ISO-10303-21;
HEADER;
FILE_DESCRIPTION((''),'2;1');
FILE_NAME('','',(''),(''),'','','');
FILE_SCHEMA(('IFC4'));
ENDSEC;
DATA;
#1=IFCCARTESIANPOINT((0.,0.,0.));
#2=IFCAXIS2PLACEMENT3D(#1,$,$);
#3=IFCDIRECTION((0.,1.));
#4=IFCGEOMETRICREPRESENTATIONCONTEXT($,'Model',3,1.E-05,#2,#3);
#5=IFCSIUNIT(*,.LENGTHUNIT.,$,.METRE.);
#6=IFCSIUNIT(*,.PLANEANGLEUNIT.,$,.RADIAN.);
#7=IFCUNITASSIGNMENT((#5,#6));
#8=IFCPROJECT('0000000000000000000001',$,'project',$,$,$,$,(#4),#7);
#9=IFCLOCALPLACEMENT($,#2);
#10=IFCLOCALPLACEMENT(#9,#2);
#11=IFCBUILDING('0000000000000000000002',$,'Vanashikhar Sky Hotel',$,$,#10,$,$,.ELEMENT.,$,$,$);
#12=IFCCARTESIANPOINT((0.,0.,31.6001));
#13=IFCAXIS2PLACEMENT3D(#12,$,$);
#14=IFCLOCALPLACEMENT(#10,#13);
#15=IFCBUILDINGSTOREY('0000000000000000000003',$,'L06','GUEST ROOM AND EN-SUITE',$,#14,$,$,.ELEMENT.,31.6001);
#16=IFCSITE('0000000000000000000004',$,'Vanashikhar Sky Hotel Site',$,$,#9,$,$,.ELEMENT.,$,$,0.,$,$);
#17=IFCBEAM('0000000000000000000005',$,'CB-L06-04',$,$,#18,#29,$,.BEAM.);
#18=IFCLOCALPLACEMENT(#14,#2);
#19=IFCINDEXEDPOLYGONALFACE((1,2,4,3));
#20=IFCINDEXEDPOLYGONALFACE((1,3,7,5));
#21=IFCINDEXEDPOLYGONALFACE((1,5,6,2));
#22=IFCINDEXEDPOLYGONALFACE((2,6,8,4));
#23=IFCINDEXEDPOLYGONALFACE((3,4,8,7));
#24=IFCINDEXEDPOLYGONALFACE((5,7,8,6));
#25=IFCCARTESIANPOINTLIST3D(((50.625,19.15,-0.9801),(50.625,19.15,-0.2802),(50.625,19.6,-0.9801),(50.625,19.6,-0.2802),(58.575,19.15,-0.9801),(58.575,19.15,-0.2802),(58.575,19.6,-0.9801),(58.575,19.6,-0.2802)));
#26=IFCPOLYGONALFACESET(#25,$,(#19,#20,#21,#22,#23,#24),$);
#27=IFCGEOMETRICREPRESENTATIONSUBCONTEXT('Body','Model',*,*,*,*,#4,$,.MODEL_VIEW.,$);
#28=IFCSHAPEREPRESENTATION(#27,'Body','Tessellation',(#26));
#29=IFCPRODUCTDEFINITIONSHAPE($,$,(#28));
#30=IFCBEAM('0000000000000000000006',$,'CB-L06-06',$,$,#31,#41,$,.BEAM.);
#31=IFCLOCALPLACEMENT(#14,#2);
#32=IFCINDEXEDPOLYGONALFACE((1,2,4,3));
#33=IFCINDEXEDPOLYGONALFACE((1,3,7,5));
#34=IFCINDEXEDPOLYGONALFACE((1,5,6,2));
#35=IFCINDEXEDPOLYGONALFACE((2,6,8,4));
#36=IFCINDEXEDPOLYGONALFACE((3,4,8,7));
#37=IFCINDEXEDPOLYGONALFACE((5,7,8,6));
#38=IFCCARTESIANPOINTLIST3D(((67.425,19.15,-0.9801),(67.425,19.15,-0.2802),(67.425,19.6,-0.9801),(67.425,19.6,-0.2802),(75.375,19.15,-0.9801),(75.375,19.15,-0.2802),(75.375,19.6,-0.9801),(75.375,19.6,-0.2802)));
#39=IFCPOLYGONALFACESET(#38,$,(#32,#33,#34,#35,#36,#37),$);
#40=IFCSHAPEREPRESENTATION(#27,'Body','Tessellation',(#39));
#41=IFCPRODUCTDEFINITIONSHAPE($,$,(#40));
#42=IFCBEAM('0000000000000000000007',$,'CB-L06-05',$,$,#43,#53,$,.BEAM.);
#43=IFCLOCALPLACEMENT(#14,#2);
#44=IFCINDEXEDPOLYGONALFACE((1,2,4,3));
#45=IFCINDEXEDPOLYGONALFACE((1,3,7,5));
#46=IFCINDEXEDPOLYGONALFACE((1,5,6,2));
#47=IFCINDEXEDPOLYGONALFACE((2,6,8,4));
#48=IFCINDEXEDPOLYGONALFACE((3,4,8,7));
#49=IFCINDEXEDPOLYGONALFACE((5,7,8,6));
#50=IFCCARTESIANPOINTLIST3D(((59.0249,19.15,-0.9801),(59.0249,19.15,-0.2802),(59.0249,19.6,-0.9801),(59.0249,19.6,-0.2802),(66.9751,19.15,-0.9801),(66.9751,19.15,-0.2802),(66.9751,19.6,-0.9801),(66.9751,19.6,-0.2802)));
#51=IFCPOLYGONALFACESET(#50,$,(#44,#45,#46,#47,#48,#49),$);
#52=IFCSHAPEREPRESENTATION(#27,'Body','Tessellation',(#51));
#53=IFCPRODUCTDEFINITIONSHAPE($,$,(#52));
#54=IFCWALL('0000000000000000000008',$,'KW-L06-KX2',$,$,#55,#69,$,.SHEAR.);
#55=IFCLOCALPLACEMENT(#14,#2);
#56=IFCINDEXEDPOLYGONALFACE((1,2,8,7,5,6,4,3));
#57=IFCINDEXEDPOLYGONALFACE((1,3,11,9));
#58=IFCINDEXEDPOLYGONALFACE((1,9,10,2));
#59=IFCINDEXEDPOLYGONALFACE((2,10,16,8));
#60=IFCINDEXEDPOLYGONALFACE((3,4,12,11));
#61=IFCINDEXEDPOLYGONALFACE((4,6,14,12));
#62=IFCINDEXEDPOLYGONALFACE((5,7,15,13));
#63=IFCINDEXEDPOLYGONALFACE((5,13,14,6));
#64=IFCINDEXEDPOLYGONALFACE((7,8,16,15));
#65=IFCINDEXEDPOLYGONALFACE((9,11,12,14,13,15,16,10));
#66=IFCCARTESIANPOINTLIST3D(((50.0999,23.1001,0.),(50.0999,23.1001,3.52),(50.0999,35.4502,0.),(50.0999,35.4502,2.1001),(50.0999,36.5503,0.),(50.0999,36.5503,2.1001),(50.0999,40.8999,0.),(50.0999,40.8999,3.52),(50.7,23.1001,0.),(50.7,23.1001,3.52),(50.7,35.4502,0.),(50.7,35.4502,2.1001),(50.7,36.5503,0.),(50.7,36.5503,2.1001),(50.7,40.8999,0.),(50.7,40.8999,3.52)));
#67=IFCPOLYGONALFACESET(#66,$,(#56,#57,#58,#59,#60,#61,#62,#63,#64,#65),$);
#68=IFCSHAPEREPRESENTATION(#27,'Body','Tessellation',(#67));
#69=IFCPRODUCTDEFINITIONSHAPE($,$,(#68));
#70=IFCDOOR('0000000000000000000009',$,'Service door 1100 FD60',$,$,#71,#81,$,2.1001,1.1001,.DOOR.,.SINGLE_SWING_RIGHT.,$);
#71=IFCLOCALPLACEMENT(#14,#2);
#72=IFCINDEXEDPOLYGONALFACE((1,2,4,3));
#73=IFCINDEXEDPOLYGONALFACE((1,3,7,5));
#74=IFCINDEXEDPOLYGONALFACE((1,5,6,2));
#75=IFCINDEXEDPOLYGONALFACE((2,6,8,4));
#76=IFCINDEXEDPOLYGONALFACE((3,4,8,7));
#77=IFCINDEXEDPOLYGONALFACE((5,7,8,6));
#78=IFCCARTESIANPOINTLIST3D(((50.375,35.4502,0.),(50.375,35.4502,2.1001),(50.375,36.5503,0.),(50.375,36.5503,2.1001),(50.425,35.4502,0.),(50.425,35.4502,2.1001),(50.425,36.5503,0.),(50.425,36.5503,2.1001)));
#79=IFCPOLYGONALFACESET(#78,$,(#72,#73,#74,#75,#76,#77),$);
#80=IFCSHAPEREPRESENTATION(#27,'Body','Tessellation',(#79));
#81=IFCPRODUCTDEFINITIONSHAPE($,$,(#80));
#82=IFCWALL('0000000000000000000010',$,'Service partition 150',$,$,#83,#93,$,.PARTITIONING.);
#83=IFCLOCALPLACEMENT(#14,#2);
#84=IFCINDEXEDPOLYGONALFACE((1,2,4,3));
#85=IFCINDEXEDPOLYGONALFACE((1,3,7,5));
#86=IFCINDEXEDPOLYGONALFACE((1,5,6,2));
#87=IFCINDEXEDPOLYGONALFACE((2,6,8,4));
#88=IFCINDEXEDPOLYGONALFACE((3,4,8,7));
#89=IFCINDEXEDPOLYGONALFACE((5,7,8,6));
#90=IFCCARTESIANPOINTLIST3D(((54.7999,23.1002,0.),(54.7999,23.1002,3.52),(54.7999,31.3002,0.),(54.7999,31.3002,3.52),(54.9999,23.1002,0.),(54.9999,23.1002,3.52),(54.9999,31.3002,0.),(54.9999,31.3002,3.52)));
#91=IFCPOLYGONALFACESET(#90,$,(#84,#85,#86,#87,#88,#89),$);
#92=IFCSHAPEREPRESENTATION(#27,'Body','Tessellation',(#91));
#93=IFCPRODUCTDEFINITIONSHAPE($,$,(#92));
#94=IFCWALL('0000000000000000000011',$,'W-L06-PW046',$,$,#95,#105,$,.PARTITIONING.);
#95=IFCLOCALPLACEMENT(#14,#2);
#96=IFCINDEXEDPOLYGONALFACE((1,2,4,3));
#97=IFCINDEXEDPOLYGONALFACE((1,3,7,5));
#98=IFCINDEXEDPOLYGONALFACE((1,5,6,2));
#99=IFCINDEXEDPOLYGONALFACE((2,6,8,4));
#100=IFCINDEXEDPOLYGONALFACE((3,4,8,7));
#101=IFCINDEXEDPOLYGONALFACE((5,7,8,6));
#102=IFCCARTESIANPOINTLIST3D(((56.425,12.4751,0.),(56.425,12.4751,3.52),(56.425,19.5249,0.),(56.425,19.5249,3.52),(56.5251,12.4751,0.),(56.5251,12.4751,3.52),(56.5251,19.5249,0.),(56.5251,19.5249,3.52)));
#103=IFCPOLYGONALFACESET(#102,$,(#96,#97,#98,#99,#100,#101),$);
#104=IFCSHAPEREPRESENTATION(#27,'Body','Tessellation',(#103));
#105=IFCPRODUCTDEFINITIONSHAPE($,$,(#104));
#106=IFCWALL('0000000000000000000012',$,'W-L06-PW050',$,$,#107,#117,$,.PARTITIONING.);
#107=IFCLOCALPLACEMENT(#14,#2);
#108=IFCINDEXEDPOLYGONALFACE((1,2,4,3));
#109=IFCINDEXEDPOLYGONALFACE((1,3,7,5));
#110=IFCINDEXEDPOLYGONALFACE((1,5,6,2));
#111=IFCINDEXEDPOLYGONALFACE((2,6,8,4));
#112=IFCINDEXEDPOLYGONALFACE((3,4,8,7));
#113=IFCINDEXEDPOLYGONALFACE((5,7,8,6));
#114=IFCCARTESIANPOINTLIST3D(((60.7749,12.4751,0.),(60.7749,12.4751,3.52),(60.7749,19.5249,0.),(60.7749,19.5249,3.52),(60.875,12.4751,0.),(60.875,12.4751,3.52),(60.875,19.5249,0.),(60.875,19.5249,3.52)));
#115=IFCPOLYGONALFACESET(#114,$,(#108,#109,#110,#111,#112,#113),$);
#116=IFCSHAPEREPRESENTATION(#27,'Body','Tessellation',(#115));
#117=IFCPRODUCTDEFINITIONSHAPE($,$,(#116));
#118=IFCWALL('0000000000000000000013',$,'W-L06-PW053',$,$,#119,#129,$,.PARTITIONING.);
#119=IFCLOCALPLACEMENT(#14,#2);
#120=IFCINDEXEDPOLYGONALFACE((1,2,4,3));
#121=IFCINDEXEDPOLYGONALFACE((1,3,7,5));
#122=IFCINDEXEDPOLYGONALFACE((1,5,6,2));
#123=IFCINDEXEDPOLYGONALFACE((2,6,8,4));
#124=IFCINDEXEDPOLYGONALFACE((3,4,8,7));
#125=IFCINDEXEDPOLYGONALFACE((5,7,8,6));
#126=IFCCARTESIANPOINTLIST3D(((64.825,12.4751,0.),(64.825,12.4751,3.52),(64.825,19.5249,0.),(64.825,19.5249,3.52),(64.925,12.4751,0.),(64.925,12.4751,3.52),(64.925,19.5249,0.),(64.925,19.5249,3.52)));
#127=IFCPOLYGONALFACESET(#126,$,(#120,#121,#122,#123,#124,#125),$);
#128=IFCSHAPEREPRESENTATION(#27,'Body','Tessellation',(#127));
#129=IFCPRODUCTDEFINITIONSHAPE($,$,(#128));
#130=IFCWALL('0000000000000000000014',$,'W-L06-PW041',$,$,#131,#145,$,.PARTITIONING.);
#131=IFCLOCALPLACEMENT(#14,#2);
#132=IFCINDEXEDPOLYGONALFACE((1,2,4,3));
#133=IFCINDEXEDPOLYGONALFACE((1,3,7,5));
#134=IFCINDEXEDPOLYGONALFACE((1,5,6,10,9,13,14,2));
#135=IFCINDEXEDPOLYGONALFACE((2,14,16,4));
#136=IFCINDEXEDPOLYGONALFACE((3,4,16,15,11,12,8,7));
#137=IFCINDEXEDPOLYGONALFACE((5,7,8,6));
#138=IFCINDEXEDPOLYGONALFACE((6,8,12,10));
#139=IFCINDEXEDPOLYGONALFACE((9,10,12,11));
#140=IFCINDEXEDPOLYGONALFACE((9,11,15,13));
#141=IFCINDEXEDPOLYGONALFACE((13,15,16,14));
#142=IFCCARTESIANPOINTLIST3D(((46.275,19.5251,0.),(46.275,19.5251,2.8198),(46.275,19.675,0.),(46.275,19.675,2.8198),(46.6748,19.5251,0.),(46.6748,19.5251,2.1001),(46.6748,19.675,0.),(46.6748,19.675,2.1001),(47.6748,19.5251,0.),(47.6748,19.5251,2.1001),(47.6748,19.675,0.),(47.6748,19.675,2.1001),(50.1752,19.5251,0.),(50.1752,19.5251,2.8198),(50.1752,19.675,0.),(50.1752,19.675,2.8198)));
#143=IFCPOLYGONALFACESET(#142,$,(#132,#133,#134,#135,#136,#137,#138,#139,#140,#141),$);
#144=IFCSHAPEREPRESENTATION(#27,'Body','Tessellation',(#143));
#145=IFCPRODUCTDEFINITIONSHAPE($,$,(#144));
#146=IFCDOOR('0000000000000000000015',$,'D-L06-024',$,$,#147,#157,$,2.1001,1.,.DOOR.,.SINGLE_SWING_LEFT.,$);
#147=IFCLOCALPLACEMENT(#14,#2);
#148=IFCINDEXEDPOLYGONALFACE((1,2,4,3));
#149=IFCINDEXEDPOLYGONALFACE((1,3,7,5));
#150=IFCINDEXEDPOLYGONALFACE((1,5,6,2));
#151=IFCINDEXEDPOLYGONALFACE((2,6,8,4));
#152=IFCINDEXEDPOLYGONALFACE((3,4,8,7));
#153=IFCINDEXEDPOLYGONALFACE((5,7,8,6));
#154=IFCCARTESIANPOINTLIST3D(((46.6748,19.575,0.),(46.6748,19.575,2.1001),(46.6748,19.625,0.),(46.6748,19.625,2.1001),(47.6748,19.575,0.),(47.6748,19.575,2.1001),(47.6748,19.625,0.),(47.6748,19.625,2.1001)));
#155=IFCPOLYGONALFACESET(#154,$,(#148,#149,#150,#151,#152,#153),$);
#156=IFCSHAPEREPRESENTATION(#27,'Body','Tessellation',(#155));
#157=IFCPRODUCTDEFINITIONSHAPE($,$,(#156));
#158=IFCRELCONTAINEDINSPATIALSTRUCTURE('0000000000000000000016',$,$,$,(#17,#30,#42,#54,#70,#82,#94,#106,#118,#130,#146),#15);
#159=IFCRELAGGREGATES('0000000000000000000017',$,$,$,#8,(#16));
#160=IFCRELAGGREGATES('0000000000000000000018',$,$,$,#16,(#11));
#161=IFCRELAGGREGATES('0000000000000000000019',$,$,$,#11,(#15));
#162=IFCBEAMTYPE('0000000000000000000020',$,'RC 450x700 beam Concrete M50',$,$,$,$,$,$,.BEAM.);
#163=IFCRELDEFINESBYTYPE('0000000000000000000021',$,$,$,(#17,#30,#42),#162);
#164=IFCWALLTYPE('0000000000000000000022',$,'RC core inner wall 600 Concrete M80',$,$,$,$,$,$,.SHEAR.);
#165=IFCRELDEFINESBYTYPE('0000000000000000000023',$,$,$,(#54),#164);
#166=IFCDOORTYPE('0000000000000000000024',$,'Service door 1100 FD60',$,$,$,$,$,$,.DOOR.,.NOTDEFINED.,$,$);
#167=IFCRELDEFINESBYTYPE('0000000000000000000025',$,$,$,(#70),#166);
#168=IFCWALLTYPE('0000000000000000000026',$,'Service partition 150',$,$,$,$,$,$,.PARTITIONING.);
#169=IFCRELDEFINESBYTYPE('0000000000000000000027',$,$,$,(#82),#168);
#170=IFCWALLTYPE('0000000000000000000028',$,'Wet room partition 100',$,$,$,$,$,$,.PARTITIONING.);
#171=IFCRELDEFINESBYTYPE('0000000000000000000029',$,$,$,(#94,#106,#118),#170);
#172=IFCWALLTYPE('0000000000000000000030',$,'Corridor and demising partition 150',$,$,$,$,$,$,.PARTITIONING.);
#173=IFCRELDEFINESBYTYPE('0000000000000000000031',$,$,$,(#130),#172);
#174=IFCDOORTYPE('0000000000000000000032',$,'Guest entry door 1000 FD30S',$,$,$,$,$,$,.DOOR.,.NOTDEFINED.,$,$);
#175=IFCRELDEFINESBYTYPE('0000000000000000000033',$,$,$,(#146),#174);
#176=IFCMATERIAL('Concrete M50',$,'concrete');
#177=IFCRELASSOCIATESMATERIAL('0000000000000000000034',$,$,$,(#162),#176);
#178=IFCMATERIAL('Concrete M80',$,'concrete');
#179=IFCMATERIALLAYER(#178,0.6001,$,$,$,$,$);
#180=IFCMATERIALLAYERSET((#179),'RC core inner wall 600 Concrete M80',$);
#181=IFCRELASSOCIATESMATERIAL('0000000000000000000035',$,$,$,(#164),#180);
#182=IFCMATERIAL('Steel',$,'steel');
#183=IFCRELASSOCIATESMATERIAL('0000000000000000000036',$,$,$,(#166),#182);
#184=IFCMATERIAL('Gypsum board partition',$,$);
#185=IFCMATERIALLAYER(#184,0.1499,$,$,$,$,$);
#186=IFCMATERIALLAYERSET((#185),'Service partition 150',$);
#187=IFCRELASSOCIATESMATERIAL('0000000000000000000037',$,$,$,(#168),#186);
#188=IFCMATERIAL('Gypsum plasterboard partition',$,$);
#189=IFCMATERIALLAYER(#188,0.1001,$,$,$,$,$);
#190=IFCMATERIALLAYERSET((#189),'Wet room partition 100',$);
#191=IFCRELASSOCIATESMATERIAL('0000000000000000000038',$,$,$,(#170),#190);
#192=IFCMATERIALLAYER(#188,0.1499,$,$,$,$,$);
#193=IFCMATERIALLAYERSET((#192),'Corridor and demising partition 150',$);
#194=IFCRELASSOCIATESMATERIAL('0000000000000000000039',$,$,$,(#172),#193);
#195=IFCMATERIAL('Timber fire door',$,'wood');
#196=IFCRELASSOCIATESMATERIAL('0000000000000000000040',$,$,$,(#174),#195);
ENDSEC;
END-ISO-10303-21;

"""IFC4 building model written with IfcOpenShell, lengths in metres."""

from ifc_helpers import new_model, si_unit, direction, frame, frame_2d, origin, origin_2d, place, context, subcontext, project, spatial, rectangle, extrude, source, transform, mapped, material, layer, layer_set, material_profile, profile_set, type_object, element, fill, save


model = new_model("IFC4")

# Units and contexts
model_context = context("Model", 3, precision=1e-05, world=origin(), true_north=direction((0.0, 1.0)))
body_context = subcontext(model_context, "Body", "Model", "MODEL_VIEW")
ifc_project = project(units=[si_unit("LENGTHUNIT", "METRE"), si_unit("PLANEANGLEUNIT", "RADIAN")], contexts=[model_context])

# Site, building, storey
site_placement = place(None, origin())
site = spatial("IfcSite", under=ifc_project, at=site_placement, Name="Vanashikhar Sky Hotel Site", CompositionType="ELEMENT", RefElevation=0.0)
building_placement = place(site_placement, origin())
building = spatial("IfcBuilding", under=site, at=building_placement, Name="Vanashikhar Sky Hotel", CompositionType="ELEMENT")
storey_placement = place(building_placement, frame((0.0, 0.0, 31.6001)))
storey = spatial("IfcBuildingStorey", under=building, at=storey_placement, Name="L06", Description="GUEST ROOM AND EN-SUITE", CompositionType="ELEMENT", Elevation=31.6001)

# Beams
ifc_material_1 = material(Name="Concrete M50", Category="concrete")
ifc_material_profile = material_profile(ifc_material_1, rectangle(XDim=0.45, YDim=0.7, at=origin_2d()))
ifc_profile_set = profile_set([ifc_material_profile], Name="RC 450x700 beam Concrete M50")
beam_type = type_object("IfcBeamType", Name="RC 450x700 beam Concrete M50", PredefinedType="BEAM", material=ifc_profile_set)
shared_shape_1 = source(origin(), body_context, "Body", "SweptSolid", [
    extrude(rectangle(XDim=0.45, YDim=0.7, at=origin_2d()), origin(), (0.0, 0.0, 1.0), 7.95),
])
for number, where, z_axis, x_axis, name in (
    (1, (50.625, 19.375, -0.6301), (1.0, 0.0, 0.0), (0.0, 1.0, 0.0), "CB-L06-04"),
    (2, (67.425, 19.375, -0.6301), (1.0, 0.0, 0.0), (0.0, 1.0, 0.0), "CB-L06-06"),
):
    element("IfcBeam", number, at=place(storey_placement, frame(where, z_axis=z_axis, x_axis=x_axis)), inside=storey, type_object=beam_type, Name=name, PredefinedType="BEAM", context=body_context, shape_type="MappedRepresentation", body=[
        mapped(shared_shape_1, transform((0.0, 0.0, 0.0), scale=1.0)),
    ])
shared_shape_2 = source(origin(), body_context, "Body", "SweptSolid", [
    extrude(rectangle(XDim=0.45, YDim=0.7, at=origin_2d()), origin(), (0.0, 0.0, 1.0), 7.9502),
])
beam_placement = place(storey_placement, frame((59.0249, 19.375, -0.6301), z_axis=(1.0, 0.0, 0.0), x_axis=(0.0, 1.0, 0.0)))
element("IfcBeam", 3, at=beam_placement, inside=storey, type_object=beam_type, Name="CB-L06-05", PredefinedType="BEAM", context=body_context, shape_type="MappedRepresentation", body=[
    mapped(shared_shape_2, transform((0.0, 0.0, 0.0), scale=1.0)),
])

# Wall, opening, door
ifc_material_2 = material(Name="Concrete M80", Category="concrete")
ifc_layer_1 = layer(ifc_material_2, 0.6001)
ifc_layer_set_1 = layer_set([ifc_layer_1], Name="RC core inner wall 600 Concrete M80")
wall_type_1 = type_object("IfcWallType", Name="RC core inner wall 600 Concrete M80", PredefinedType="SHEAR", material=ifc_layer_set_1)
shared_shape_3 = source(origin(), body_context, "Body", "SweptSolid", [
    extrude(rectangle(XDim=17.7998, YDim=0.6001, at=frame_2d((8.8999, 0.0))), origin(), (0.0, 0.0, 1.0), 3.52),
])
wall_1_placement = place(storey_placement, frame((50.3999, 23.1001, 0.0), z_axis=(0.0, 0.0, 1.0), x_axis=(0.0, 1.0, 0.0)))
wall_1 = element("IfcWall", 4, at=wall_1_placement, inside=storey, type_object=wall_type_1, Name="KW-L06-KX2", PredefinedType="SHEAR", context=body_context, shape_type="MappedRepresentation", body=[
    mapped(shared_shape_3, transform((0.0, 0.0, 0.0), scale=1.0)),
])
shared_shape_4 = source(origin(), body_context, "Body", "SweptSolid", [
    extrude(rectangle(XDim=1.1001, YDim=2.1001, at=frame_2d((0.55, 1.05))), frame((0.0, 0.3101, 0.0), z_axis=(0.0, -1.0, 0.0), x_axis=(1.0, 0.0, 0.0)), (0.0, 0.0, 1.0), 0.6201),
])
opening_1_placement = place(wall_1_placement, frame((12.3501, 0.0, 0.0)))
opening_1 = element("IfcOpeningElement", 5, at=opening_1_placement, cuts=wall_1, PredefinedType="OPENING", context=body_context, shape_type="MappedRepresentation", body=[
    mapped(shared_shape_4, transform((0.0, 0.0, 0.0), scale=1.0)),
])
ifc_material_3 = material(Name="Steel", Category="steel")
door_type_1 = type_object("IfcDoorType", Name="Service door 1100 FD60", OperationType="NOTDEFINED", PredefinedType="DOOR", material=ifc_material_3)
shared_shape_5 = source(origin(), body_context, "Body", "SweptSolid", [
    extrude(rectangle(XDim=1.1001, YDim=2.1001, at=frame_2d((0.55, 1.05))), frame((0.0, 0.0249, 0.0), z_axis=(0.0, -1.0, 0.0), x_axis=(1.0, 0.0, 0.0)), (0.0, 0.0, 1.0), 0.05),
])
door_1_placement = place(opening_1_placement, origin())
door_1 = element("IfcDoor", 6, at=door_1_placement, inside=storey, type_object=door_type_1, Name="Service door 1100 FD60", OperationType="SINGLE_SWING_RIGHT", OverallHeight=2.1001, OverallWidth=1.1001, PredefinedType="DOOR", context=body_context, shape_type="MappedRepresentation", body=[
    mapped(shared_shape_5, transform((0.0, 0.0, 0.0), scale=1.0)),
])
fill(opening_1, door_1)

# Walls
ifc_material_4 = material(Name="Gypsum board partition")
ifc_layer_2 = layer(ifc_material_4, 0.1499)
ifc_layer_set_2 = layer_set([ifc_layer_2], Name="Service partition 150")
wall_type_2 = type_object("IfcWallType", Name="Service partition 150", PredefinedType="PARTITIONING", material=ifc_layer_set_2)
shared_shape_6 = source(origin(), body_context, "Body", "SweptSolid", [
    extrude(rectangle(XDim=8.2, YDim=0.2, at=frame_2d((4.1001, 0.0))), origin(), (0.0, 0.0, 1.0), 3.52),
])
wall_2_placement = place(storey_placement, frame((54.8999, 23.1001, 0.0), z_axis=(0.0, 0.0, 1.0), x_axis=(0.0, 1.0, 0.0)))
element("IfcWall", 7, at=wall_2_placement, inside=storey, type_object=wall_type_2, Name="Service partition 150", PredefinedType="PARTITIONING", context=body_context, shape_type="MappedRepresentation", body=[
    mapped(shared_shape_6, transform((0.0, 0.0, 0.0), scale=1.0)),
])
ifc_material_5 = material(Name="Gypsum plasterboard partition")
ifc_layer_3 = layer(ifc_material_5, 0.1001)
ifc_layer_set_3 = layer_set([ifc_layer_3], Name="Wet room partition 100")
wall_type_3 = type_object("IfcWallType", Name="Wet room partition 100", PredefinedType="PARTITIONING", material=ifc_layer_set_3)
shared_shape_7 = source(origin(), body_context, "Body", "SweptSolid", [
    extrude(rectangle(XDim=7.0498, YDim=0.1001, at=frame_2d((3.5249, 0.0))), origin(), (0.0, 0.0, 1.0), 3.52),
])
for number, where, z_axis, x_axis, name in (
    (8, (56.4751, 12.4751, 0.0), (0.0, 0.0, 1.0), (0.0, 1.0, 0.0), "W-L06-PW046"),
    (9, (60.825, 12.4751, 0.0), (0.0, 0.0, 1.0), (0.0, 1.0, 0.0), "W-L06-PW050"),
    (10, (64.875, 12.4751, 0.0), (0.0, 0.0, 1.0), (0.0, 1.0, 0.0), "W-L06-PW053"),
):
    element("IfcWall", number, at=place(storey_placement, frame(where, z_axis=z_axis, x_axis=x_axis)), inside=storey, type_object=wall_type_3, Name=name, PredefinedType="PARTITIONING", context=body_context, shape_type="MappedRepresentation", body=[
        mapped(shared_shape_7, transform((0.0, 0.0, 0.0), scale=1.0)),
    ])

# Wall, opening, door
ifc_layer_4 = layer(ifc_material_5, 0.1499)
ifc_layer_set_4 = layer_set([ifc_layer_4], Name="Corridor and demising partition 150")
wall_type_4 = type_object("IfcWallType", Name="Corridor and demising partition 150", PredefinedType="PARTITIONING", material=ifc_layer_set_4)
shared_shape_8 = source(origin(), body_context, "Body", "SweptSolid", [
    extrude(rectangle(XDim=3.9001, YDim=0.1499, at=frame_2d((1.9502, 0.0))), origin(), (0.0, 0.0, 1.0), 2.8198),
])
wall_3_placement = place(storey_placement, frame((46.2749, 19.6001, 0.0), z_axis=(0.0, 0.0, 1.0), x_axis=(1.0, 0.0, 0.0)))
wall_3 = element("IfcWall", 11, at=wall_3_placement, inside=storey, type_object=wall_type_4, Name="W-L06-PW041", PredefinedType="PARTITIONING", context=body_context, shape_type="MappedRepresentation", body=[
    mapped(shared_shape_8, transform((0.0, 0.0, 0.0), scale=1.0)),
])
shared_shape_9 = source(origin(), body_context, "Body", "SweptSolid", [
    extrude(rectangle(XDim=1.0, YDim=2.1001, at=frame_2d((0.5, 1.05))), frame((0.0, 0.085, 0.0), z_axis=(0.0, -1.0, 0.0), x_axis=(1.0, 0.0, 0.0)), (0.0, 0.0, 1.0), 0.1699),
])
opening_2_placement = place(wall_3_placement, frame((0.3999, 0.0, 0.0)))
opening_2 = element("IfcOpeningElement", 12, at=opening_2_placement, cuts=wall_3, PredefinedType="OPENING", context=body_context, shape_type="MappedRepresentation", body=[
    mapped(shared_shape_9, transform((0.0, 0.0, 0.0), scale=1.0)),
])
ifc_material_6 = material(Name="Timber fire door", Category="wood")
door_type_2 = type_object("IfcDoorType", Name="Guest entry door 1000 FD30S", OperationType="NOTDEFINED", PredefinedType="DOOR", material=ifc_material_6)
shared_shape_10 = source(origin(), body_context, "Body", "SweptSolid", [
    extrude(rectangle(XDim=1.0, YDim=2.1001, at=frame_2d((0.5, 1.05))), frame((0.0, 0.0249, 0.0), z_axis=(0.0, -1.0, 0.0), x_axis=(1.0, 0.0, 0.0)), (0.0, 0.0, 1.0), 0.05),
])
door_2_placement = place(opening_2_placement, origin())
door_2 = element("IfcDoor", 13, at=door_2_placement, inside=storey, type_object=door_type_2, Name="D-L06-024", OperationType="SINGLE_SWING_LEFT", OverallHeight=2.1001, OverallWidth=1.0, PredefinedType="DOOR", context=body_context, shape_type="MappedRepresentation", body=[
    mapped(shared_shape_10, transform((0.0, 0.0, 0.0), scale=1.0)),
])
fill(opening_2, door_2)

save(model, "model.ifc")
